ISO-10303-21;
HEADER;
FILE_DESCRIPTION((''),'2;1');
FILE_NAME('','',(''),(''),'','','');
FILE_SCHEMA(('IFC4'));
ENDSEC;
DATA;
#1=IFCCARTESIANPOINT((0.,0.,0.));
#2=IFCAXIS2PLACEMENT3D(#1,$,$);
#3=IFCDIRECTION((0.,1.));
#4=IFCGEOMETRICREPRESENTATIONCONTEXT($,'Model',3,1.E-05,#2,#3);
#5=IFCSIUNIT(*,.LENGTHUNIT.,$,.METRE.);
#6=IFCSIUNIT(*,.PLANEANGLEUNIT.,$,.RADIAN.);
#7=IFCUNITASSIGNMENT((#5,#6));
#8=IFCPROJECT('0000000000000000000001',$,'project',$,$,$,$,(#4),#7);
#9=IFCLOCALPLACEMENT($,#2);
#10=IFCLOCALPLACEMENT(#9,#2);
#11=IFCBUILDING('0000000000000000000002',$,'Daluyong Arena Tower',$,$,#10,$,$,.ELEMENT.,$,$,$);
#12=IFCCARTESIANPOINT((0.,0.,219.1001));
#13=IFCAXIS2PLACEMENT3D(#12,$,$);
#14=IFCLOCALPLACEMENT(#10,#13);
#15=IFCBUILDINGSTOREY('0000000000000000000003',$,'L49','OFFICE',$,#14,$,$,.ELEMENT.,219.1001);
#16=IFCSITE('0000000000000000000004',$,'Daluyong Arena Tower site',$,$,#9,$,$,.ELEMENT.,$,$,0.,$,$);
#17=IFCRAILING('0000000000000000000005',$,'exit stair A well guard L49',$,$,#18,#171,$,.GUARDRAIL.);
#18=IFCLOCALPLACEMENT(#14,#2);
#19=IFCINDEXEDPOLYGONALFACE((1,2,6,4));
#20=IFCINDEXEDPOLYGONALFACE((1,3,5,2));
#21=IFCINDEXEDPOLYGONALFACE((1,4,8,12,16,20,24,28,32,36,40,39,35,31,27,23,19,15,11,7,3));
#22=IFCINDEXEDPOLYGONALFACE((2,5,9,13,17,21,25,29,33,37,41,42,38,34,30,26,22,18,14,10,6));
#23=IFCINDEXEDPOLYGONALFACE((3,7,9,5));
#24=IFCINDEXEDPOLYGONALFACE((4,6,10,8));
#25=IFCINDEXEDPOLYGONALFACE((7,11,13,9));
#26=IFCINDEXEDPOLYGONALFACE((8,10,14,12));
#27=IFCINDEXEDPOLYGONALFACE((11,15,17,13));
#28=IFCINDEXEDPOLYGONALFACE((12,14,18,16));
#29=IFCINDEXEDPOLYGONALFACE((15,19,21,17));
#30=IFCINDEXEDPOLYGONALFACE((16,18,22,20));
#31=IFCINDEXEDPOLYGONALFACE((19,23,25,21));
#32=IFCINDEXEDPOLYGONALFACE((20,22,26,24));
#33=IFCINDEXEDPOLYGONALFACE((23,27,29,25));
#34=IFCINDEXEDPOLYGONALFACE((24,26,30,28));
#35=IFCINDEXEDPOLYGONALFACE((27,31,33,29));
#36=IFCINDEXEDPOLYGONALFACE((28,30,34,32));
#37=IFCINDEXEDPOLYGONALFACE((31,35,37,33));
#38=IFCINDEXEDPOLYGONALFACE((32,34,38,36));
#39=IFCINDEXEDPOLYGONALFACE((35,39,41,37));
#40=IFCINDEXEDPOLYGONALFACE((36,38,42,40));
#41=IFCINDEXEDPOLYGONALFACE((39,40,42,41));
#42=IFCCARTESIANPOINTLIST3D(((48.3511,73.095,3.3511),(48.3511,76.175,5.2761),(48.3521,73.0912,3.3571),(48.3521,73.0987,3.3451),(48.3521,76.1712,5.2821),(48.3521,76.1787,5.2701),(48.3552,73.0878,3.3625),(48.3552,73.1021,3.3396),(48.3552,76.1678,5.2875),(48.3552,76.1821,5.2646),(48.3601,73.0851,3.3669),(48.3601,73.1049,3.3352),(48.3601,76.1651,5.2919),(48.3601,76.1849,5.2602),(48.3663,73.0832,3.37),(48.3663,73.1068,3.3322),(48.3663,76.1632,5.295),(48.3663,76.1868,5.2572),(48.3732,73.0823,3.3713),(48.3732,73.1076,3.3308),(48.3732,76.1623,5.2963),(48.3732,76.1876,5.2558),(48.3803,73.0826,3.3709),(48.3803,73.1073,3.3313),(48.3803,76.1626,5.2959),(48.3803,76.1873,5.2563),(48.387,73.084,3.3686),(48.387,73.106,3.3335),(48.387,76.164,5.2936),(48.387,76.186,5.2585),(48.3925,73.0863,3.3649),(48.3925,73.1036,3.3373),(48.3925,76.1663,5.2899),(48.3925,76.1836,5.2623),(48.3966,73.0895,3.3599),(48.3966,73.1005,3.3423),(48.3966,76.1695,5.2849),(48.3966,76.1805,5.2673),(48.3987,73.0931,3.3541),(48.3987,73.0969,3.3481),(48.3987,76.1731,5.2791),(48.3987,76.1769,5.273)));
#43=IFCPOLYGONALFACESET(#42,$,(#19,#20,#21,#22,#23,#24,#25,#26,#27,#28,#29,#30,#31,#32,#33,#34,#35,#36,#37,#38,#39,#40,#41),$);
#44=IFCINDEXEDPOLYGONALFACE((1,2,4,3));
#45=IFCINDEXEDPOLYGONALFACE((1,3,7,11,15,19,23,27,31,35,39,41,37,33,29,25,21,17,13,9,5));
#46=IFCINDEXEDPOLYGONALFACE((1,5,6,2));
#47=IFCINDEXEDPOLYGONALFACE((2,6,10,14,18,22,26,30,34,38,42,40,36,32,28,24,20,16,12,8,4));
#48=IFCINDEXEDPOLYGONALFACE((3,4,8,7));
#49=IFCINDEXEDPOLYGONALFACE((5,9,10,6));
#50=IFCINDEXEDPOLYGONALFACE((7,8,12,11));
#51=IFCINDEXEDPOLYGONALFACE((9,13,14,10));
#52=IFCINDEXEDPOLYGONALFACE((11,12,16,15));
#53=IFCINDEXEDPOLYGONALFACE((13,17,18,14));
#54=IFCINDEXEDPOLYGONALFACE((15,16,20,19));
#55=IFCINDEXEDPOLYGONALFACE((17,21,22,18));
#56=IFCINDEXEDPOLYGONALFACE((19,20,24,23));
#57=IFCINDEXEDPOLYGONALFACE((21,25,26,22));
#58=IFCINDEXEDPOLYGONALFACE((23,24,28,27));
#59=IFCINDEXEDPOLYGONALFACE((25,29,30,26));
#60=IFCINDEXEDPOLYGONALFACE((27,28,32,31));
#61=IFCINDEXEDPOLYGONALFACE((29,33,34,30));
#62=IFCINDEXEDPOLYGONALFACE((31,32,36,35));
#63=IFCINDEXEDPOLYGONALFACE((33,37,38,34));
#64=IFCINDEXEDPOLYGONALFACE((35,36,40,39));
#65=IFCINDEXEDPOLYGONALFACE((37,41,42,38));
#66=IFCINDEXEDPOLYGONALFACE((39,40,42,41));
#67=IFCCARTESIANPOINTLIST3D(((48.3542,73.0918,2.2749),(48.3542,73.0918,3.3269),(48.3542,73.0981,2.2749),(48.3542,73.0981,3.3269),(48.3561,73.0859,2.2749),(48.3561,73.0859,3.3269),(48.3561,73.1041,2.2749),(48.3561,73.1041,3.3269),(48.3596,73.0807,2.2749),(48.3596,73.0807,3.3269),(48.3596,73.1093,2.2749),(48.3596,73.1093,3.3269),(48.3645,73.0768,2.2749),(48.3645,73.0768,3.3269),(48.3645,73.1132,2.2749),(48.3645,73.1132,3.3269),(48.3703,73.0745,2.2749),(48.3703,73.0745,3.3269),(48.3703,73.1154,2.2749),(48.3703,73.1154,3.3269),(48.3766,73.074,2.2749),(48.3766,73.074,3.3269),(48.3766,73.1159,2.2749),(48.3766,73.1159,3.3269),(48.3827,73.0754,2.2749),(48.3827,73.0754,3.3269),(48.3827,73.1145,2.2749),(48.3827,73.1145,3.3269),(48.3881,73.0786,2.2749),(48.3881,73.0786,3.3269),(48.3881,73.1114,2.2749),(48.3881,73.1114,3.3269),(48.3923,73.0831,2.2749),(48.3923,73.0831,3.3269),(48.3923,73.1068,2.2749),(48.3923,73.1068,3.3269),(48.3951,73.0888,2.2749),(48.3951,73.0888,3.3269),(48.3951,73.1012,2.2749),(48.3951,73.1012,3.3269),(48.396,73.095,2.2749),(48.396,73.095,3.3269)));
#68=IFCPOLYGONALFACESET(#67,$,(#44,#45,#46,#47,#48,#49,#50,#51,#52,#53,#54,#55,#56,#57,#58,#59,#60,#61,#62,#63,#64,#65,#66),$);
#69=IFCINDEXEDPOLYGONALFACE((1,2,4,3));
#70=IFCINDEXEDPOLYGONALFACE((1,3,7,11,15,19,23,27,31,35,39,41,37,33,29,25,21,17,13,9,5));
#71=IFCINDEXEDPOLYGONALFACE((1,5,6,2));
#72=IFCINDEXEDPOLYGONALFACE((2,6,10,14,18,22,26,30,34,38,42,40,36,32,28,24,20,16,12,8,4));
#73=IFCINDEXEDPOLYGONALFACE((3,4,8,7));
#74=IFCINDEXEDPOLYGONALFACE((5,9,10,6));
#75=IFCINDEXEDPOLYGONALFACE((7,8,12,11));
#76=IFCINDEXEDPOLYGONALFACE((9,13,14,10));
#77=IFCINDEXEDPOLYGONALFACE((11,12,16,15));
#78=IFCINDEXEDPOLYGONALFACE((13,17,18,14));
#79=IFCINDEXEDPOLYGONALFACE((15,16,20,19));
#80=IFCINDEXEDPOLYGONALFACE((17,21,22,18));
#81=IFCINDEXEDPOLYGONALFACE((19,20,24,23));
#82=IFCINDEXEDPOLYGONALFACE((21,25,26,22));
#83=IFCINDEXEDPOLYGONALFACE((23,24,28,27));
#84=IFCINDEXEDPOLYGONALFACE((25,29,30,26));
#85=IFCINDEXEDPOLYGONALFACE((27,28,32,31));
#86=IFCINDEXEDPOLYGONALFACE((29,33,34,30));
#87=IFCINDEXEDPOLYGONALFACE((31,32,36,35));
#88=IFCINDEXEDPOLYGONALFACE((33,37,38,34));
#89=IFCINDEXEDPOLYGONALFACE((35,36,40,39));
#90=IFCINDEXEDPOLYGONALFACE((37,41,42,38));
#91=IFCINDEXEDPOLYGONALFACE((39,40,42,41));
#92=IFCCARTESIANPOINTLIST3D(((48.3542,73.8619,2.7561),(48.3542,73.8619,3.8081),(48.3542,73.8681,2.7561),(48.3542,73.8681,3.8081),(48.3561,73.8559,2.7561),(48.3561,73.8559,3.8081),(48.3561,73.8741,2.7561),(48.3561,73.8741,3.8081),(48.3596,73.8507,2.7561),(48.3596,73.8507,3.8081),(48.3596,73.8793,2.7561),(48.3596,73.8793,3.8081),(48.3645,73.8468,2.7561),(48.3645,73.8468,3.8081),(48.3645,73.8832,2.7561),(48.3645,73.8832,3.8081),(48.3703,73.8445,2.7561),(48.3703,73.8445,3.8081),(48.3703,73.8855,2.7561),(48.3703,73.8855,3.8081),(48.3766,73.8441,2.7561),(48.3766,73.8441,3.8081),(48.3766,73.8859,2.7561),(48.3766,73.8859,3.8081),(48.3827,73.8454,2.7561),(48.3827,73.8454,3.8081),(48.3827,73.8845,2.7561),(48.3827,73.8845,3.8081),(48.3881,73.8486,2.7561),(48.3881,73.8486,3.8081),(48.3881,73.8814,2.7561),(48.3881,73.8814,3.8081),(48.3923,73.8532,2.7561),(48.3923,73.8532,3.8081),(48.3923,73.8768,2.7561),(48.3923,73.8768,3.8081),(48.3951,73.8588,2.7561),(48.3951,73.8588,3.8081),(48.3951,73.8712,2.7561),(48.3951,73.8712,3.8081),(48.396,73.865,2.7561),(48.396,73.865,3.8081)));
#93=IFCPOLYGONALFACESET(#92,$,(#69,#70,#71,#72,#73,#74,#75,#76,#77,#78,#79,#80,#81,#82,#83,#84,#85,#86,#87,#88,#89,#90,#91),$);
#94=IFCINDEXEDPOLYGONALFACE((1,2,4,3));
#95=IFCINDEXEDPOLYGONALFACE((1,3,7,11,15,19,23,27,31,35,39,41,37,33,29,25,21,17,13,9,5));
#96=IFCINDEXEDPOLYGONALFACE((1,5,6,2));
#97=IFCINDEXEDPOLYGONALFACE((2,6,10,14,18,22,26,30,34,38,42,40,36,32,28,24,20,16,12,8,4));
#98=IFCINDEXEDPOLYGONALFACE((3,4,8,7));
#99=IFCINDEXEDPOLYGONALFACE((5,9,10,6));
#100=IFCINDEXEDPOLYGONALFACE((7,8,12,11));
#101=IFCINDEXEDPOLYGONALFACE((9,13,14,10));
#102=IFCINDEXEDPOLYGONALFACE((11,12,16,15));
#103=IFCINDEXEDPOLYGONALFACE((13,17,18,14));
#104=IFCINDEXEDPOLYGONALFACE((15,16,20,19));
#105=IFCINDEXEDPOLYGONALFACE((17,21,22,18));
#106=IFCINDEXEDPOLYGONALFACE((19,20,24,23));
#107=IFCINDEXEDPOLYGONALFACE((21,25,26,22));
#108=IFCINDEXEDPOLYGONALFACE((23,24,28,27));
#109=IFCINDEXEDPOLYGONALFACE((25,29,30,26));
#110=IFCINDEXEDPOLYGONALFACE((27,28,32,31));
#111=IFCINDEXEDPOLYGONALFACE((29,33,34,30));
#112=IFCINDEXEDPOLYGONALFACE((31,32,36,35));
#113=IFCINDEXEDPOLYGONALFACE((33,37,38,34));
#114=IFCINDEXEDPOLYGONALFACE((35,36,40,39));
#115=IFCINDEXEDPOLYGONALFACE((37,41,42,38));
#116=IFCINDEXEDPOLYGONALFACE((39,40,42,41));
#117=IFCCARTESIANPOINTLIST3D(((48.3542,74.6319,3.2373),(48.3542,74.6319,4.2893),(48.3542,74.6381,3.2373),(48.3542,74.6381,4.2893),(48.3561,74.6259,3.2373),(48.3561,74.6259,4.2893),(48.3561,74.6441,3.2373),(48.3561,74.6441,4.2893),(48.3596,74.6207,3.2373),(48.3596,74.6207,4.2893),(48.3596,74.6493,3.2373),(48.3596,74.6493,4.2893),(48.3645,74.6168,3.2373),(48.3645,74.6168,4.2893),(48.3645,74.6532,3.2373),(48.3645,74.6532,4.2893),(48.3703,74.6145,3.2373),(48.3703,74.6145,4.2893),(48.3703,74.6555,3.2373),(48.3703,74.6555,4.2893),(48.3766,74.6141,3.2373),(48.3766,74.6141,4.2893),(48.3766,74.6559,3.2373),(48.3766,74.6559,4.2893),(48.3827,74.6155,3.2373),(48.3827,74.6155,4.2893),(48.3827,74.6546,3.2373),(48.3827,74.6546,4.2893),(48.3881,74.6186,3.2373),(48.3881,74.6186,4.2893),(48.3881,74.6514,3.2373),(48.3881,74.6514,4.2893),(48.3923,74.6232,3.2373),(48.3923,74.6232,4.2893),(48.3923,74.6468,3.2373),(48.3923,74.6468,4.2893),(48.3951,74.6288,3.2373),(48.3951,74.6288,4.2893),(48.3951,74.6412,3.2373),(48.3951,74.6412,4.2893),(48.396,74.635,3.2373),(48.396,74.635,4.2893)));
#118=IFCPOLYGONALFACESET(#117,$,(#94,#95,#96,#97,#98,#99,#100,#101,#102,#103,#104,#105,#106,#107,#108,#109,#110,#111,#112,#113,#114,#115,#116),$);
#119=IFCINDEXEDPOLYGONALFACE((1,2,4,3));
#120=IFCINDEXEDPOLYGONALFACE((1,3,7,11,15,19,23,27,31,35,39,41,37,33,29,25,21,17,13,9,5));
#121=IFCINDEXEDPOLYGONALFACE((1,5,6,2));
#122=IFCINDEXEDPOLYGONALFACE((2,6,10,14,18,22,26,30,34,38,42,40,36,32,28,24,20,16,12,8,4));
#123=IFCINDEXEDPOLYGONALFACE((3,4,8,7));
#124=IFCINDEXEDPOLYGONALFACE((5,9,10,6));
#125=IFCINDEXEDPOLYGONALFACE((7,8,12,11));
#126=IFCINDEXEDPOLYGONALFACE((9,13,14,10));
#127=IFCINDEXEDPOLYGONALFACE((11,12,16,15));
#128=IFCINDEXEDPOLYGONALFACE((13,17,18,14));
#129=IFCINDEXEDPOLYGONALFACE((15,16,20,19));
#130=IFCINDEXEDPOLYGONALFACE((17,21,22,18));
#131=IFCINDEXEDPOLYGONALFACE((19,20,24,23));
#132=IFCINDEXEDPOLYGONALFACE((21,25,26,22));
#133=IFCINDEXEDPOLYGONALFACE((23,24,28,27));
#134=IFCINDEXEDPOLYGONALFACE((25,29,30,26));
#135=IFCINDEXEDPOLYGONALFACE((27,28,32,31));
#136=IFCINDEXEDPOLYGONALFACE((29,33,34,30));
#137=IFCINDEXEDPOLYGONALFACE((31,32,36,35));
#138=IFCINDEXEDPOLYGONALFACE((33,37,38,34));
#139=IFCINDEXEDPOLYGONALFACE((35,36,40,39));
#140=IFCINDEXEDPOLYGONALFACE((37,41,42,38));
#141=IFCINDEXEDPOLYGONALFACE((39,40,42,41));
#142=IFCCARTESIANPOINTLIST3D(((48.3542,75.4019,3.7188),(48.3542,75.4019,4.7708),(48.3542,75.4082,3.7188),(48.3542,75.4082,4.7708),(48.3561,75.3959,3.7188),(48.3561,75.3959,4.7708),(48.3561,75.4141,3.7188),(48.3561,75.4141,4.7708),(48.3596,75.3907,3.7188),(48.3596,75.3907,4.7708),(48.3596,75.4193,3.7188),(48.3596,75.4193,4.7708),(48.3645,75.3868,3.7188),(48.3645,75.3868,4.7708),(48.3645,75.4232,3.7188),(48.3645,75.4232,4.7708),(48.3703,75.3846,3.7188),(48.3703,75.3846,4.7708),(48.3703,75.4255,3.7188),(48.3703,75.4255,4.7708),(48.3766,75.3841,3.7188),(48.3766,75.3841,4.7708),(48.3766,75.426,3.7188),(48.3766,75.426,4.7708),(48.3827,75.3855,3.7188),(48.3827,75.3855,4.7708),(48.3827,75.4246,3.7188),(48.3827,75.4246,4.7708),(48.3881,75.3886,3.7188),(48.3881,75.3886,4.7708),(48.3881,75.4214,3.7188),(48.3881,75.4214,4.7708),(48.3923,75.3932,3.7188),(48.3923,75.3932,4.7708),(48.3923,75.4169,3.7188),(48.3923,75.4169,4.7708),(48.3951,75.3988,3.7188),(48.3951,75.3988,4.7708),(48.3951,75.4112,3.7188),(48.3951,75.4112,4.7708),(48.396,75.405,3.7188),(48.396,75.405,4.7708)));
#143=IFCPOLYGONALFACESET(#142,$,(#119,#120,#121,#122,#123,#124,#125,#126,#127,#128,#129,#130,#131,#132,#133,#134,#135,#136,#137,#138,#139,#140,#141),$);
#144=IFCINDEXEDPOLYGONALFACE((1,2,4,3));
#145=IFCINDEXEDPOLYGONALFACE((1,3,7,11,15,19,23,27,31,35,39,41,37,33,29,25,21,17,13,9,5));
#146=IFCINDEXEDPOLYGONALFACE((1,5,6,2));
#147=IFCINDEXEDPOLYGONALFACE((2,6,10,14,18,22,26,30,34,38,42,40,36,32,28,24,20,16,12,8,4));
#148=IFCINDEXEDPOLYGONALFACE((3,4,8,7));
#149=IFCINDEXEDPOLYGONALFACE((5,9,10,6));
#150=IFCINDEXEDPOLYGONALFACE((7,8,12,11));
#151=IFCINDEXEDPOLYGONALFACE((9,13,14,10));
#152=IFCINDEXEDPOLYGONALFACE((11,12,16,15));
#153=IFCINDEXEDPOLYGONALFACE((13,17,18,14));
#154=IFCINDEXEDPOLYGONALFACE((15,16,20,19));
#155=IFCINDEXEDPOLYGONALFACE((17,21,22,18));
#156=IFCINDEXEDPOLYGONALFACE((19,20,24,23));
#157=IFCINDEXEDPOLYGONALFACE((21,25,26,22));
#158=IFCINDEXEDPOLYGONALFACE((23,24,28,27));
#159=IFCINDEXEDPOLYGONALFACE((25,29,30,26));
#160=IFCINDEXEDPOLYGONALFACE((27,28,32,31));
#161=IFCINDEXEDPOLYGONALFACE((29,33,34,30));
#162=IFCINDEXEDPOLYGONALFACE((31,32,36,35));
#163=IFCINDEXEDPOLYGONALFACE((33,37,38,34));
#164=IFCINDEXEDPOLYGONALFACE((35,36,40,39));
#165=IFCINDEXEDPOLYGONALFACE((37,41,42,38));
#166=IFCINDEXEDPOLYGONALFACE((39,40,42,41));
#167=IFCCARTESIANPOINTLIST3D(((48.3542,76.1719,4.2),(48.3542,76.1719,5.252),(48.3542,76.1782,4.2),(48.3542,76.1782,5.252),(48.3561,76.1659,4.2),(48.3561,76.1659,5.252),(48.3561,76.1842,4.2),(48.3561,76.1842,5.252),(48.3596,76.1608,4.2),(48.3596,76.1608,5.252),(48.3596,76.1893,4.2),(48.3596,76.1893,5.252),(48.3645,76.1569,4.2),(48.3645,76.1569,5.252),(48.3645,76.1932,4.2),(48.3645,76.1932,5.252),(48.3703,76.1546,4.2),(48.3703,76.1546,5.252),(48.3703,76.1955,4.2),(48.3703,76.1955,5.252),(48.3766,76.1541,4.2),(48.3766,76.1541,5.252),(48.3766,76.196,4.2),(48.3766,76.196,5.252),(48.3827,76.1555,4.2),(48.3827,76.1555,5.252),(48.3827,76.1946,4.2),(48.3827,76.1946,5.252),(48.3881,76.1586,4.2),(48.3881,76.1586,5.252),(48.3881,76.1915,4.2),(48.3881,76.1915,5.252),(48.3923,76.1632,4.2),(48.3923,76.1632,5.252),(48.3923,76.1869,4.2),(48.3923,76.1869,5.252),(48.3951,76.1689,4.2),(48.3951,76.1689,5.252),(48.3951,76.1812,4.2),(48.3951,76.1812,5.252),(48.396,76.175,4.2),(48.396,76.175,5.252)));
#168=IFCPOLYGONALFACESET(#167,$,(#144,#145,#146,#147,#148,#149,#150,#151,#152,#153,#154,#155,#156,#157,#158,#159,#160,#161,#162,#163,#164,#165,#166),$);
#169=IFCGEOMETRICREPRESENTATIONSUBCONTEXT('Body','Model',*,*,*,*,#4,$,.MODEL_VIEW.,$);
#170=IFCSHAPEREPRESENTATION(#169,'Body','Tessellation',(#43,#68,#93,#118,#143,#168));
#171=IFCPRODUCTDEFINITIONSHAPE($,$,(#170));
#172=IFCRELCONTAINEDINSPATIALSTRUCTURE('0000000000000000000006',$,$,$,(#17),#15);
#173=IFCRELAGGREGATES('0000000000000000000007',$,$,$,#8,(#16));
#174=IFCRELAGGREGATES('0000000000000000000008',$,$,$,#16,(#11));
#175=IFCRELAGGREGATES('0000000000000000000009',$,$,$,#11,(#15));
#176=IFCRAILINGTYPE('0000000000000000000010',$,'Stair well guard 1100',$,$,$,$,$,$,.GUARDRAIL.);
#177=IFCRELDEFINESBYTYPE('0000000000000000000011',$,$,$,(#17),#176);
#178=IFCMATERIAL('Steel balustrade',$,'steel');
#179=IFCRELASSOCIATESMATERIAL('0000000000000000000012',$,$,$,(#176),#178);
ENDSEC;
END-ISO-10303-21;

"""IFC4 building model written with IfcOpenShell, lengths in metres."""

from ifc_helpers import new_model, si_unit, direction, frame, origin, origin_2d, place, context, subcontext, project, spatial, circle, extrude, material, type_object, element, save


model = new_model("IFC4")

# Units and contexts
model_context = context("Model", 3, precision=1e-05, world=origin(), true_north=direction((0.0, 1.0)))
body_context = subcontext(model_context, "Body", "Model", "MODEL_VIEW")
ifc_project = project(units=[si_unit("LENGTHUNIT", "METRE"), si_unit("PLANEANGLEUNIT", "RADIAN")], contexts=[model_context])

# Site, building, storey
site_placement = place(None, origin())
site = spatial("IfcSite", under=ifc_project, at=site_placement, Name="Daluyong Arena Tower site", CompositionType="ELEMENT", RefElevation=0.0)
building_placement = place(site_placement, origin())
building = spatial("IfcBuilding", under=site, at=building_placement, Name="Daluyong Arena Tower", CompositionType="ELEMENT")
storey_placement = place(building_placement, frame((0.0, 0.0, 219.1001)))
storey = spatial("IfcBuildingStorey", under=building, at=storey_placement, Name="L49", Description="OFFICE", CompositionType="ELEMENT", Elevation=219.1001)

# Railing
ifc_material_1 = material(Name="Steel balustrade", Category="steel")
railing_type_1 = type_object("IfcRailingType", Name="Stair well guard 1100", PredefinedType="GUARDRAIL", material=ifc_material_1)
railing_1_placement = place(storey_placement, frame((48.375, 73.095, 2.2749)))
element("IfcRailing", 1, at=railing_1_placement, inside=storey, type_object=railing_type_1, Name="exit stair A well guard L49", PredefinedType="GUARDRAIL", context=body_context, shape_type="SweptSolid", body=[
    extrude(circle(Radius=0.0239, at=origin_2d()), frame((0.0, 0.0, 1.0762), z_axis=(0.0, 0.847998, 0.529999), x_axis=(-1.0, 0.0, 0.0)), (0.0, 0.0, 1.0), 3.6321),
    extrude(circle(Radius=0.021, at=origin_2d()), origin(), (0.0, 0.0, 1.0), 1.052),
    extrude(circle(Radius=0.021, at=origin_2d()), frame((0.0, 0.77, 0.4812)), (0.0, 0.0, 1.0), 1.052),
    extrude(circle(Radius=0.021, at=origin_2d()), frame((0.0, 1.54, 0.9624)), (0.0, 0.0, 1.0), 1.052),
    extrude(circle(Radius=0.021, at=origin_2d()), frame((0.0, 2.3101, 1.4438)), (0.0, 0.0, 1.0), 1.052),
    extrude(circle(Radius=0.021, at=origin_2d()), frame((0.0, 3.0801, 1.925)), (0.0, 0.0, 1.0), 1.052),
])

save(model, "model.ifc")
